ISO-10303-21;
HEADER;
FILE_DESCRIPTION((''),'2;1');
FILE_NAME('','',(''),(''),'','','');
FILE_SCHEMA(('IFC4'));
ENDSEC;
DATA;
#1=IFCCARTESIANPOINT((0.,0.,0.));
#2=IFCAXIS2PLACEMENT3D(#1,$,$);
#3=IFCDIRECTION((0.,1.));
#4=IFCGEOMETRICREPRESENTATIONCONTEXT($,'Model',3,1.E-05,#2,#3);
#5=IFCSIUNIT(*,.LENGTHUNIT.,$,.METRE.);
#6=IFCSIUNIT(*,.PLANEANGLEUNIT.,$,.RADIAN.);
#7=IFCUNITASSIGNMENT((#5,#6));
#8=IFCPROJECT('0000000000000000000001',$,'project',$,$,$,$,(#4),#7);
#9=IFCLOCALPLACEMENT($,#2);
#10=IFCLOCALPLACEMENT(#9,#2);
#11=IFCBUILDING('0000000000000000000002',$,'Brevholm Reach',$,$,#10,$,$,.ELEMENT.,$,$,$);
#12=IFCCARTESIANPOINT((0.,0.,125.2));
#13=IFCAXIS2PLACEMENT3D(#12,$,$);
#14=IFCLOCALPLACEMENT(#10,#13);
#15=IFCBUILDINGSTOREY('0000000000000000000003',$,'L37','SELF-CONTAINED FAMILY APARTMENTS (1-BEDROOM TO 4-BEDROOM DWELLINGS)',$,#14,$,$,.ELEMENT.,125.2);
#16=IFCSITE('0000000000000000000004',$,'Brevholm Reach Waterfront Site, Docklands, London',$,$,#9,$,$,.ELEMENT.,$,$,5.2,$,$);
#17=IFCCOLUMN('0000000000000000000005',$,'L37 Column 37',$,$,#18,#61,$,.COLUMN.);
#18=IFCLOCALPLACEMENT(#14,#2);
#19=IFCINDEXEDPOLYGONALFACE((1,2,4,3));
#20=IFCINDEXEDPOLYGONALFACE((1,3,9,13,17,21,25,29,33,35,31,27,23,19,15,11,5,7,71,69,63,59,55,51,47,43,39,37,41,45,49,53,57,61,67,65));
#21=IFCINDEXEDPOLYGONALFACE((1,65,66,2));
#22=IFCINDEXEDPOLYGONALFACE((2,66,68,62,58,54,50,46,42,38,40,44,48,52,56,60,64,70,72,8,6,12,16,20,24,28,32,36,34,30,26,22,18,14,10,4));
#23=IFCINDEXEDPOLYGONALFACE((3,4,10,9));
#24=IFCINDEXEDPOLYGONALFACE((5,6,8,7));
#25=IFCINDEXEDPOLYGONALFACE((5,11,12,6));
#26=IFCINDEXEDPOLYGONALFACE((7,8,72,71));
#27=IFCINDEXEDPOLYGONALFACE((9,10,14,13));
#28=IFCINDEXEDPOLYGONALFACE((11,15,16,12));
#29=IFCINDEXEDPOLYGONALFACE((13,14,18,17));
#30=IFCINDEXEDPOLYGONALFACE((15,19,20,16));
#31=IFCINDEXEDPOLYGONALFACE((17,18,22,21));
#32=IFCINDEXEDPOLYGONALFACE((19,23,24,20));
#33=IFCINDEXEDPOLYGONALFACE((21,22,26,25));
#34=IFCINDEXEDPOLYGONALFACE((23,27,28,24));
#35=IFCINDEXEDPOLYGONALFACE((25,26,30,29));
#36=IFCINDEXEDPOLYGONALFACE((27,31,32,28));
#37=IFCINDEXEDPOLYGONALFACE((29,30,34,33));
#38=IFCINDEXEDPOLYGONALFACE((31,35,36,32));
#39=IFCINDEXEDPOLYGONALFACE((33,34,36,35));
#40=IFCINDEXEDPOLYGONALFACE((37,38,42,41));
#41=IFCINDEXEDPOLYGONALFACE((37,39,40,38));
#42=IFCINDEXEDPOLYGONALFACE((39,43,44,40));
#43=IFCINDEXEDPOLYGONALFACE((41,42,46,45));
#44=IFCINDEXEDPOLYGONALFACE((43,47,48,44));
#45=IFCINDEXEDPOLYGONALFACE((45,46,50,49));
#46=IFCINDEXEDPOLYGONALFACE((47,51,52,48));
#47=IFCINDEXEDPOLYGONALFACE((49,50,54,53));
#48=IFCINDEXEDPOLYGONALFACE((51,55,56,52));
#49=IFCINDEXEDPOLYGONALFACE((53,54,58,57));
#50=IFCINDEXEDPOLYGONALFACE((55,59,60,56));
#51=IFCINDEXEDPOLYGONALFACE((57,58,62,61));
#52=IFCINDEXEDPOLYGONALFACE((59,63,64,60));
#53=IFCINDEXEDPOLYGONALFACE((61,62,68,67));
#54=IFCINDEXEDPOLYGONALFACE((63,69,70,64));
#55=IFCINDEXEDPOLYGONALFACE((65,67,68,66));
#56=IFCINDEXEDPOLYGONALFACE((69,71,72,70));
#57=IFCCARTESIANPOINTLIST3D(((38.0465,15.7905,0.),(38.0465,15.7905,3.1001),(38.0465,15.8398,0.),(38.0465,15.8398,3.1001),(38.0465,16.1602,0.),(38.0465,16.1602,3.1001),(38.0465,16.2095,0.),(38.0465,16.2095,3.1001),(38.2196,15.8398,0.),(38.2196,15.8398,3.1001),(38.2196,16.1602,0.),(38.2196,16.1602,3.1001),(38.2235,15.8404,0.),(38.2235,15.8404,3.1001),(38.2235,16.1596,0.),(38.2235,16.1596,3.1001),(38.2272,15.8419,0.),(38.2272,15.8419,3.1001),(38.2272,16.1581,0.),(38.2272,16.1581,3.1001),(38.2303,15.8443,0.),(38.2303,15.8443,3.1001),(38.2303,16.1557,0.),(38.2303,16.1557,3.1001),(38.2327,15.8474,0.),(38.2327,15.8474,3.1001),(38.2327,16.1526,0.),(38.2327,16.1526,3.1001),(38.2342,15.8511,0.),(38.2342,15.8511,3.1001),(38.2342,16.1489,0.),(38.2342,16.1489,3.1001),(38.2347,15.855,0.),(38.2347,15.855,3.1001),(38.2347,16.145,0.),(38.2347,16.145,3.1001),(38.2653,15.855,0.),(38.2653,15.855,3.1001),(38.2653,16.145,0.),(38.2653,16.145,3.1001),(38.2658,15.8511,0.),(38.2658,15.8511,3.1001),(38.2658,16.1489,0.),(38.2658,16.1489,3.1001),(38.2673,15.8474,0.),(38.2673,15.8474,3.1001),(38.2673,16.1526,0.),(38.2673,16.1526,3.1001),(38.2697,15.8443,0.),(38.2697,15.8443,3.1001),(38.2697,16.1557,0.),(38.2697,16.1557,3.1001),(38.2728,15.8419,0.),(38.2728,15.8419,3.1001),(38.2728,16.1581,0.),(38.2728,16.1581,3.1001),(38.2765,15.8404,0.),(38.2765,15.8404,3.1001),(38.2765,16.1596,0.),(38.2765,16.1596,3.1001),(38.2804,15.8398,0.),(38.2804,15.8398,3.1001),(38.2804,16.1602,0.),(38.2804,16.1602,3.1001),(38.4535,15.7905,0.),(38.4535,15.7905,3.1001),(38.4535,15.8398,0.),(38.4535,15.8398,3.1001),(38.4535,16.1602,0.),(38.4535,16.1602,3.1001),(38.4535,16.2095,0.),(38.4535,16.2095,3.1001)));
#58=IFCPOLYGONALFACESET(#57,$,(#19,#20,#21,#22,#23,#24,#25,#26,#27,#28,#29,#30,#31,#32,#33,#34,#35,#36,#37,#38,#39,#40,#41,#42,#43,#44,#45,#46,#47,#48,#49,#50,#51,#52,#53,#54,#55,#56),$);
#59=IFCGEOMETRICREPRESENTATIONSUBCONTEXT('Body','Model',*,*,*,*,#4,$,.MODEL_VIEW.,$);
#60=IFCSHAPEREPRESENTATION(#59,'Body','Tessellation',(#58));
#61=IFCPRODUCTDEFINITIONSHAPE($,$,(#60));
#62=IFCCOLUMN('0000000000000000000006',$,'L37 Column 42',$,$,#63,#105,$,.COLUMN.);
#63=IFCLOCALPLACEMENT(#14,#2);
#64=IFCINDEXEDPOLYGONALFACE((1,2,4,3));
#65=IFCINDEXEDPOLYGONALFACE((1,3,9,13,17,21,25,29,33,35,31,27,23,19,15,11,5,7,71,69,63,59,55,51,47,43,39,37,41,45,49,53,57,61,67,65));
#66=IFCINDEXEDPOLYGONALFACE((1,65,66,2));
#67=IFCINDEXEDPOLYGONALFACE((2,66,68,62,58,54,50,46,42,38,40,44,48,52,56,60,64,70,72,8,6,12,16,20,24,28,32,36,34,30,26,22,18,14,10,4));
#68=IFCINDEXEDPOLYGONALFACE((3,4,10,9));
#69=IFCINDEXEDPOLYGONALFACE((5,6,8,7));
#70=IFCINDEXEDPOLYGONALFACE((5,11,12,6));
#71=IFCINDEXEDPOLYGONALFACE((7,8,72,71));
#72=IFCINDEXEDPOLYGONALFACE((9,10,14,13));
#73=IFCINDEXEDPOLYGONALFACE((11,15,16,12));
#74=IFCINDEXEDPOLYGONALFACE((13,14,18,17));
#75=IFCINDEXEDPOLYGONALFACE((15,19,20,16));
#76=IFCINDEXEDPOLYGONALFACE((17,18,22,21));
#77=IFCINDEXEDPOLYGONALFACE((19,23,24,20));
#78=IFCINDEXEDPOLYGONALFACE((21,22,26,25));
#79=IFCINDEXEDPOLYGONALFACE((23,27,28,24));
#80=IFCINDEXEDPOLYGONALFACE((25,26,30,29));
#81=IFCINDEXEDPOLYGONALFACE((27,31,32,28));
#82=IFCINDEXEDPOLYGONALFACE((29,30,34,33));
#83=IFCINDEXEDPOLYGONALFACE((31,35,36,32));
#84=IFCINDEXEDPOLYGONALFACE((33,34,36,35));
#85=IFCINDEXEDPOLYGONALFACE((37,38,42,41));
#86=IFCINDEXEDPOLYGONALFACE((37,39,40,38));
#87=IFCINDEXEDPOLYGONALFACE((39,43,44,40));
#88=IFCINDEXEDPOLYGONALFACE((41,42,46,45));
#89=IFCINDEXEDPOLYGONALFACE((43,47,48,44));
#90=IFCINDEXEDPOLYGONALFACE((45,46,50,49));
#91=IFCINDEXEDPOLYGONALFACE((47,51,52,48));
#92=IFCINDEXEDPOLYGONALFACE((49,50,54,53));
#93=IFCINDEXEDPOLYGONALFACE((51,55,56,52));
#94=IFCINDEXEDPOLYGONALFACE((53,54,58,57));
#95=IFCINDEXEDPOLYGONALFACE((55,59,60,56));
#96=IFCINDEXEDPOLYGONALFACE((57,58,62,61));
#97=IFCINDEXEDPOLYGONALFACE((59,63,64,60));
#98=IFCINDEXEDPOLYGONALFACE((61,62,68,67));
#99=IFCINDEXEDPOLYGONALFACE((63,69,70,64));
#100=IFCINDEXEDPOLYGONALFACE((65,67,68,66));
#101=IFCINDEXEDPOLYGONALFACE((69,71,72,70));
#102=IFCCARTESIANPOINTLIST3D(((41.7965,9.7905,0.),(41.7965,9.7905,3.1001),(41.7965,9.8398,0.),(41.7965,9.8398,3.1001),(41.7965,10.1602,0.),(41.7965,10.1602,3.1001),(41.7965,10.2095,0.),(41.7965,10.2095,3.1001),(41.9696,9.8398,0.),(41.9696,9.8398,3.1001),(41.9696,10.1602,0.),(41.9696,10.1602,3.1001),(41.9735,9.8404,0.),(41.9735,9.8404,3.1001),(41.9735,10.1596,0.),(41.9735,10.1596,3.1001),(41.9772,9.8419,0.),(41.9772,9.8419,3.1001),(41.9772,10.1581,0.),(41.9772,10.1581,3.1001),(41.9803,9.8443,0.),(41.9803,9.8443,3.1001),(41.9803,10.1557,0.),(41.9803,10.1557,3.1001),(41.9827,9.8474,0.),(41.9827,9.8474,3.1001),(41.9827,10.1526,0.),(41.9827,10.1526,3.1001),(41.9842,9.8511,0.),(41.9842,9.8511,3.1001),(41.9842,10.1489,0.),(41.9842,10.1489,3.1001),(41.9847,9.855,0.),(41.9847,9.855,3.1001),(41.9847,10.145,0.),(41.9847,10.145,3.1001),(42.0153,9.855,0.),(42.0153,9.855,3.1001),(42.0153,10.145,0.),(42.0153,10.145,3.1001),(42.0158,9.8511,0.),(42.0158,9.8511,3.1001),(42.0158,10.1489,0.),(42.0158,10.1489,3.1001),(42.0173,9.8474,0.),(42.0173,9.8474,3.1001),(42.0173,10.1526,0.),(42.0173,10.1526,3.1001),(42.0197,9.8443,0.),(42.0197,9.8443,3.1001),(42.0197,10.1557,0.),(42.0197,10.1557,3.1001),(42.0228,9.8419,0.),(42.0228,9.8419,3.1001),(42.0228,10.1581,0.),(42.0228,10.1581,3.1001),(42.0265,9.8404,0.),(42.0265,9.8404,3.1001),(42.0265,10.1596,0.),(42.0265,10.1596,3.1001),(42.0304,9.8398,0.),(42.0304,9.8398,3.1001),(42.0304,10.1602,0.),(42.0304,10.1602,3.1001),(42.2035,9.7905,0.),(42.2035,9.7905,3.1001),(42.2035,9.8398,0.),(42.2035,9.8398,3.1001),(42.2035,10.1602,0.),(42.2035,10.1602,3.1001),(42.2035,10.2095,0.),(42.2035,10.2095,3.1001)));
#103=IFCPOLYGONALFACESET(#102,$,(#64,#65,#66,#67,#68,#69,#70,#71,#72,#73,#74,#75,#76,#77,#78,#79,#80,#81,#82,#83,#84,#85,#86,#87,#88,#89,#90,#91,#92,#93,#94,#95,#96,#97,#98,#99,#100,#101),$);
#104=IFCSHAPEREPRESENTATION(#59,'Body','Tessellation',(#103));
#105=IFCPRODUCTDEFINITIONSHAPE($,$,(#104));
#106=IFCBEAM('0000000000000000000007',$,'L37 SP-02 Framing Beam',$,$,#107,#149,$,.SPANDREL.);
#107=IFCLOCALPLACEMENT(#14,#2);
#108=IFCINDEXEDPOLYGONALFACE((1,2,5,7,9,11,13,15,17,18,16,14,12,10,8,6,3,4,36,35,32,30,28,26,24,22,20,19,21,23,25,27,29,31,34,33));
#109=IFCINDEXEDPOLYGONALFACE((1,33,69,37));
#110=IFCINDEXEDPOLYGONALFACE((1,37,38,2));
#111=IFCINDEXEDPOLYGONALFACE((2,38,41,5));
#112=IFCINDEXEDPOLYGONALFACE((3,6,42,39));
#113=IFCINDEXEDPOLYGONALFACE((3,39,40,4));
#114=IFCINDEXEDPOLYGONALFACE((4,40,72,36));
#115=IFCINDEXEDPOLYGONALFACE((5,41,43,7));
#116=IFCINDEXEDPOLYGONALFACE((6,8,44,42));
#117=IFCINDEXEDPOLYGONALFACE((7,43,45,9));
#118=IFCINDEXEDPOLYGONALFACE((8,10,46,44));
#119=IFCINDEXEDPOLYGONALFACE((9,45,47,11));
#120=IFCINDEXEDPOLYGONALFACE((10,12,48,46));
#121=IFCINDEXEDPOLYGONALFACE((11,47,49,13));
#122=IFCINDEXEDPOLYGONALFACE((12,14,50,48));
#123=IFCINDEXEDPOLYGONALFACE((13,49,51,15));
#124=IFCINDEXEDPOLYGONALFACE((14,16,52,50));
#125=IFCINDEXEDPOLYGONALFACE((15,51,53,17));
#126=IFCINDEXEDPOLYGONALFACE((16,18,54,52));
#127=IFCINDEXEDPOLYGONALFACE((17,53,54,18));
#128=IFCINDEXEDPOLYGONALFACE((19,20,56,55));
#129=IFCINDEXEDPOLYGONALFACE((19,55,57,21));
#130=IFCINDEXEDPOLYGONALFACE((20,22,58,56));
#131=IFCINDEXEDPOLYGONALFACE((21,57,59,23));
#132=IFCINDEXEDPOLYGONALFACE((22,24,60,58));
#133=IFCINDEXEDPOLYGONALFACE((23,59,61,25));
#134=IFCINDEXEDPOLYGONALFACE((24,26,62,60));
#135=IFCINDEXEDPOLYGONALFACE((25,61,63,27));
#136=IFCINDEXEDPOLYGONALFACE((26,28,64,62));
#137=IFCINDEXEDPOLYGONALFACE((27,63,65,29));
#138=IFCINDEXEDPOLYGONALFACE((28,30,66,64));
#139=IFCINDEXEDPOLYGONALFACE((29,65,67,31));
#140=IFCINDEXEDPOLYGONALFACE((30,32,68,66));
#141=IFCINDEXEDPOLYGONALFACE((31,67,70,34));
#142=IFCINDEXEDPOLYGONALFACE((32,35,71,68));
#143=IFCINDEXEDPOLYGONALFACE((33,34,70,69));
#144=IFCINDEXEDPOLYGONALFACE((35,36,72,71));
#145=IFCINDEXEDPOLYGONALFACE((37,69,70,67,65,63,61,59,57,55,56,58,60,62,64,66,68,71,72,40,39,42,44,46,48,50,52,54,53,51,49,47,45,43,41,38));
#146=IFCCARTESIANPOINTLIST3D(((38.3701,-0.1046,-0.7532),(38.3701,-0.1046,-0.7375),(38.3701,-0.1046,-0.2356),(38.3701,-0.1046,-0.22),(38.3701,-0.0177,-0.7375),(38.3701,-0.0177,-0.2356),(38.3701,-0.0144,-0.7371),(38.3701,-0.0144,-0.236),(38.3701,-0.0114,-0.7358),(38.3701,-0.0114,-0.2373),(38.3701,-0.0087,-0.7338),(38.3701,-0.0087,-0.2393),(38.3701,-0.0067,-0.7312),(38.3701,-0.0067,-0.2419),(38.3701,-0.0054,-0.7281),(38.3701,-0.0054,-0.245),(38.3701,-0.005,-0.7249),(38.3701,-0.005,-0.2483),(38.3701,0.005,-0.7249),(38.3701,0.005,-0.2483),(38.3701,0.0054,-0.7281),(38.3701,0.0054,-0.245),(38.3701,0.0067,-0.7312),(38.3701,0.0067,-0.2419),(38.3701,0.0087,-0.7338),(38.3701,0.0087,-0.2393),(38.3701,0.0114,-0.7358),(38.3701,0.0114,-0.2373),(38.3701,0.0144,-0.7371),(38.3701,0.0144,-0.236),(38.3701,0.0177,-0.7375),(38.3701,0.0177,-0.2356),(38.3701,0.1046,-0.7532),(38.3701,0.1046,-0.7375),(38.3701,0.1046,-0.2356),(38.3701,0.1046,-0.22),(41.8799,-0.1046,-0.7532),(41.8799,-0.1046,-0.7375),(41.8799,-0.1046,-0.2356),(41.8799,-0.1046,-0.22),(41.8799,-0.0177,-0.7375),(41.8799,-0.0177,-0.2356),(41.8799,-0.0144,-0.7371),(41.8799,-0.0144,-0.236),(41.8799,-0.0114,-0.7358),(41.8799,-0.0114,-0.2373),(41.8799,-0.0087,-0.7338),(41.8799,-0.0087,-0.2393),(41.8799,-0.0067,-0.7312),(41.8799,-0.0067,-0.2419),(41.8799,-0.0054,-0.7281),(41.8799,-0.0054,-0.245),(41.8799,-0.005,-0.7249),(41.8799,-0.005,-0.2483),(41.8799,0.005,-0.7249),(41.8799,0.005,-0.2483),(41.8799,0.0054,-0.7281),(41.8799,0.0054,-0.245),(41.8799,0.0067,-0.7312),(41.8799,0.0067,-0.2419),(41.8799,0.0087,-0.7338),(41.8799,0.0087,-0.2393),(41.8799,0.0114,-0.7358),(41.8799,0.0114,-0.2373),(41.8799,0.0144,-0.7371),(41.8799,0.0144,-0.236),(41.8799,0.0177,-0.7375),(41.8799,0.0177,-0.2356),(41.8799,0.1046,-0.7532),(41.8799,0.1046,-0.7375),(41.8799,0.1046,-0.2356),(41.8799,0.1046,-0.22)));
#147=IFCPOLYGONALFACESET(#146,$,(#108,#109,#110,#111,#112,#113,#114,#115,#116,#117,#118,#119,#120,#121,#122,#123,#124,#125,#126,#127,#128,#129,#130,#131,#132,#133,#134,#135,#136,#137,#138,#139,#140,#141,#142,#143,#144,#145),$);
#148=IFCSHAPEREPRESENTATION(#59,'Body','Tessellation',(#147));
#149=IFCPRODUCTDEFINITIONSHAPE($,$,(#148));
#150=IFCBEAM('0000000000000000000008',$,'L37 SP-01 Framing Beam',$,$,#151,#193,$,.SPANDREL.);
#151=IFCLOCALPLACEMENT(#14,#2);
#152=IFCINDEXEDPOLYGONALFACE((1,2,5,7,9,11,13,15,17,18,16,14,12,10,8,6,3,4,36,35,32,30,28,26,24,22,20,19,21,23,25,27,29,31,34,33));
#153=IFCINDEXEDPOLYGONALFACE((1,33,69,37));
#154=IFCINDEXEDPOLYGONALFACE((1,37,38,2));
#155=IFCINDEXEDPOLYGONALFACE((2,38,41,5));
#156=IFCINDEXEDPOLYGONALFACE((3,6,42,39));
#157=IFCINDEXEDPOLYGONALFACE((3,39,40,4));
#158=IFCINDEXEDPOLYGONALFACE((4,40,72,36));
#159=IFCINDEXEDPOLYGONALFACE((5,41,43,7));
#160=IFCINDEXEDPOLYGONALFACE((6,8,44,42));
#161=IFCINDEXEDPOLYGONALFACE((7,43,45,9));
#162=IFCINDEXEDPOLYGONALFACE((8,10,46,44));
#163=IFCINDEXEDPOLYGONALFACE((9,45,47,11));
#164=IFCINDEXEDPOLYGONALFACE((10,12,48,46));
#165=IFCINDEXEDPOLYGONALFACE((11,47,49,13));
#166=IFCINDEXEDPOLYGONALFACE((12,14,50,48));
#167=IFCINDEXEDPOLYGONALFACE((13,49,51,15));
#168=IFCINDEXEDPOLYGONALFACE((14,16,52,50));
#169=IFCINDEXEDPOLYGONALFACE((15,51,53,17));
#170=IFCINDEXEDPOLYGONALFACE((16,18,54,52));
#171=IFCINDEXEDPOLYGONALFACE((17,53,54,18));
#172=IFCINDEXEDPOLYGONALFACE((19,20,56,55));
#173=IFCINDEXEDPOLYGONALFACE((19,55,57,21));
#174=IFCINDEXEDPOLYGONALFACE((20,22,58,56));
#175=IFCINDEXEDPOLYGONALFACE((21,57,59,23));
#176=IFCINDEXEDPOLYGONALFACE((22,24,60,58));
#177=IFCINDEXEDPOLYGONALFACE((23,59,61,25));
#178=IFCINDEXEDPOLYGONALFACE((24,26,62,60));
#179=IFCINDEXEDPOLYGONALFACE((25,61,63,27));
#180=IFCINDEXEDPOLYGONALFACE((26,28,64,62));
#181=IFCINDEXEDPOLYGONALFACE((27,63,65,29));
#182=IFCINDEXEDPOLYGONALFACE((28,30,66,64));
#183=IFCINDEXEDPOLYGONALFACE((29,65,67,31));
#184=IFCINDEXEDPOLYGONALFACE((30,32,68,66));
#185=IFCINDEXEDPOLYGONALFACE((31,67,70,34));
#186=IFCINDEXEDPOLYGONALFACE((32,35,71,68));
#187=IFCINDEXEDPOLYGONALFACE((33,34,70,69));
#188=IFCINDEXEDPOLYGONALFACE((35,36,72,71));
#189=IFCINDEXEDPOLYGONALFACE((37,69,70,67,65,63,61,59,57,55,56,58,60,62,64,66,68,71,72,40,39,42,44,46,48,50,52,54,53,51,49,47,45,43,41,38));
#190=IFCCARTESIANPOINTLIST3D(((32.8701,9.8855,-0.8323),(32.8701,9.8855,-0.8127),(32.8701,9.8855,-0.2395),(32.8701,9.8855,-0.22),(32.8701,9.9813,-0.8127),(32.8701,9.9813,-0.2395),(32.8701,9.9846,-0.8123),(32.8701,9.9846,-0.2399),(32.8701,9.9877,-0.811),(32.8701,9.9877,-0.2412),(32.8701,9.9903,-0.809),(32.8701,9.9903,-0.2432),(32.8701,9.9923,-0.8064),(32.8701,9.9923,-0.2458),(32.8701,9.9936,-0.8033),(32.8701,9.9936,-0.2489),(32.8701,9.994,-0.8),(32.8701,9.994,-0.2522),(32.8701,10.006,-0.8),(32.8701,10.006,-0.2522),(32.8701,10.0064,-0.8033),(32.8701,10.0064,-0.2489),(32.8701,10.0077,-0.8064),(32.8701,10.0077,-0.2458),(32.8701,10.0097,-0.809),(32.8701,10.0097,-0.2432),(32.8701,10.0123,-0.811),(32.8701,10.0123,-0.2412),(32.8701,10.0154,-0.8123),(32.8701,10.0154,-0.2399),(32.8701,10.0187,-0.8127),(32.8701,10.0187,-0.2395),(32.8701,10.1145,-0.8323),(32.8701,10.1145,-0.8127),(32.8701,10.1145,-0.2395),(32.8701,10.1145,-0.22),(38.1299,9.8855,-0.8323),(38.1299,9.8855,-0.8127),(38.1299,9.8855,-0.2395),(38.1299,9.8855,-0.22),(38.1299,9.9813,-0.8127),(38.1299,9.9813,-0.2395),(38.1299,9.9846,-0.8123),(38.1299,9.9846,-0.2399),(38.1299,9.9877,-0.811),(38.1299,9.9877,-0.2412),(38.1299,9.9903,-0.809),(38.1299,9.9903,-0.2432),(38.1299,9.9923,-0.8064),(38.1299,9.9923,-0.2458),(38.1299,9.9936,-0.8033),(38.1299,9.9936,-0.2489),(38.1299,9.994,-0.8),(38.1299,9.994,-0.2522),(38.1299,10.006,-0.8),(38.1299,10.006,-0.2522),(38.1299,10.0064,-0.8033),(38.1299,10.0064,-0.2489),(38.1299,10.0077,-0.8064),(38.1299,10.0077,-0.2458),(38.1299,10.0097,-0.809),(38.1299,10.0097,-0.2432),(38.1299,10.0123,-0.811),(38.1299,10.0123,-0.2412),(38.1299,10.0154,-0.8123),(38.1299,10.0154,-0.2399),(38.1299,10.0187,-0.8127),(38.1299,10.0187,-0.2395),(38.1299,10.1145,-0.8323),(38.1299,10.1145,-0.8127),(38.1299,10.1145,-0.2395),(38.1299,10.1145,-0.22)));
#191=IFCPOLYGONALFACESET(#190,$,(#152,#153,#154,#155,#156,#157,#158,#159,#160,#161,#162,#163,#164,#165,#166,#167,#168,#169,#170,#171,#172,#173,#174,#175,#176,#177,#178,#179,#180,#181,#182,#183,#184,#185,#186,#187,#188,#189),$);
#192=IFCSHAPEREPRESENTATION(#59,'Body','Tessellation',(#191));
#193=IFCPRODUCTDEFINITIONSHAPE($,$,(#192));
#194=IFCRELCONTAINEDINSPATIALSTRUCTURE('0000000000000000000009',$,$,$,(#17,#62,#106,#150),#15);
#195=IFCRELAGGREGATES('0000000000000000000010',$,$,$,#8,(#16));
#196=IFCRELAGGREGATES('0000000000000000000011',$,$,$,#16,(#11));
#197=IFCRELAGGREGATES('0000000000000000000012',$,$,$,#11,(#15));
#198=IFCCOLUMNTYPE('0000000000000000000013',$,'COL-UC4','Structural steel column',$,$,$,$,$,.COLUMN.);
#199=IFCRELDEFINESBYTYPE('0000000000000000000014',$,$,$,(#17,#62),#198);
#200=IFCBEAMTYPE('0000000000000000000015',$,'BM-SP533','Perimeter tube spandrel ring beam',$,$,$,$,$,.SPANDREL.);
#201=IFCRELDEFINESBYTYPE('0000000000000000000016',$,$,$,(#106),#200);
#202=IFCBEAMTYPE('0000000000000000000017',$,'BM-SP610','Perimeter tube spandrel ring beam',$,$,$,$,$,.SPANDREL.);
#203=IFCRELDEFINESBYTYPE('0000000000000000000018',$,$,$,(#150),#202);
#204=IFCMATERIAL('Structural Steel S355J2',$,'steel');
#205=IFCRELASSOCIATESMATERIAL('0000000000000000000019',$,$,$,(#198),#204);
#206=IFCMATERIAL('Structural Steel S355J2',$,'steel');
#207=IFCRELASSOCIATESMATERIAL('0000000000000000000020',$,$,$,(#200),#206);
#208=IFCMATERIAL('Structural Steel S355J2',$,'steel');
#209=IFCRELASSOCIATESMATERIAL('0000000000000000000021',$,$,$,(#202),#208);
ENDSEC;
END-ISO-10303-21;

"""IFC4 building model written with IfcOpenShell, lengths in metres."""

from ifc_helpers import new_model, si_unit, direction, frame, origin, origin_2d, place, context, subcontext, project, spatial, i_section, extrude, material, material_profile, profile_set, type_object, element, save


model = new_model("IFC4")

# Units and contexts
model_context = context("Model", 3, precision=1e-05, world=origin(), true_north=direction((0.0, 1.0)))
body_context = subcontext(model_context, "Body", "Model", "MODEL_VIEW")
ifc_project = project(units=[si_unit("LENGTHUNIT", "METRE"), si_unit("PLANEANGLEUNIT", "RADIAN")], contexts=[model_context])

# Site, building, storey
site_placement = place(None, origin())
site = spatial("IfcSite", under=ifc_project, at=site_placement, Name="Brevholm Reach Waterfront Site, Docklands, London", CompositionType="ELEMENT", RefElevation=5.2)
building_placement = place(site_placement, origin())
building = spatial("IfcBuilding", under=site, at=building_placement, Name="Brevholm Reach", CompositionType="ELEMENT")
storey_placement = place(building_placement, frame((0.0, 0.0, 125.2)))
storey = spatial("IfcBuildingStorey", under=building, at=storey_placement, Name="L37", Description="SELF-CONTAINED FAMILY APARTMENTS (1-BEDROOM TO 4-BEDROOM DWELLINGS)", CompositionType="ELEMENT", Elevation=125.2)

# Columns
ifc_material_1 = material(Name="Structural Steel S355J2", Category="steel")
ifc_material_profile_1 = material_profile(ifc_material_1, i_section(OverallWidth=0.407, OverallDepth=0.4189, WebThickness=0.0305, FlangeThickness=0.0493, FilletRadius=0.0151, at=origin_2d()), Name="UKC 356x406x393")
ifc_profile_set_1 = profile_set([ifc_material_profile_1], Name="Structural Steel S355J2")
column_type_1 = type_object("IfcColumnType", Name="COL-UC4", Description="Structural steel column", PredefinedType="COLUMN", material=ifc_profile_set_1)
for number, where, z_axis, x_axis, name in (
    (1, (38.25, 16.0, 0.0), (0.0, 0.0, 1.0), (1.0, 0.0, 0.0), "L37 Column 37"),
    (2, (42.0, 10.0, 0.0), (0.0, 0.0, 1.0), (1.0, 0.0, 0.0), "L37 Column 42"),
):
    element("IfcColumn", number, at=place(storey_placement, frame(where, z_axis=z_axis, x_axis=x_axis)), inside=storey, type_object=column_type_1, Name=name, PredefinedType="COLUMN", context=body_context, shape_type="SweptSolid", body=[
        extrude(i_section(OverallWidth=0.407, OverallDepth=0.4189, WebThickness=0.0305, FlangeThickness=0.0493, FilletRadius=0.0151, at=origin_2d()), origin(), (0.0, 0.0, 1.0), 3.1001),
    ])

# Beams
ifc_material_2 = material(Name="Structural Steel S355J2", Category="steel")
ifc_material_profile_2 = material_profile(ifc_material_2, i_section(OverallWidth=0.2092, OverallDepth=0.5332, WebThickness=0.01, FlangeThickness=0.0156, FilletRadius=0.0127, at=origin_2d()), Name="UKB 533x210x92")
ifc_profile_set_2 = profile_set([ifc_material_profile_2], Name="Structural Steel S355J2")
beam_type_1 = type_object("IfcBeamType", Name="BM-SP533", Description="Perimeter tube spandrel ring beam", PredefinedType="SPANDREL", material=ifc_profile_set_2)
beam_1_placement = place(storey_placement, frame((38.3701, 0.0, -0.4866), z_axis=(1.0, 0.0, 0.0), x_axis=(0.0, 1.0, 0.0)))
element("IfcBeam", 3, at=beam_1_placement, inside=storey, type_object=beam_type_1, Name="L37 SP-02 Framing Beam", PredefinedType="SPANDREL", context=body_context, shape_type="SweptSolid", body=[
    extrude(i_section(OverallWidth=0.2092, OverallDepth=0.5332, WebThickness=0.01, FlangeThickness=0.0156, FilletRadius=0.0127, at=origin_2d()), origin(), (0.0, 0.0, 1.0), 3.5098),
])
ifc_material_3 = material(Name="Structural Steel S355J2", Category="steel")
ifc_material_profile_3 = material_profile(ifc_material_3, i_section(OverallWidth=0.229, OverallDepth=0.6123, WebThickness=0.012, FlangeThickness=0.0195, FilletRadius=0.0127, at=origin_2d()), Name="UKB 610x229x125")
ifc_profile_set_3 = profile_set([ifc_material_profile_3], Name="Structural Steel S355J2")
beam_type_2 = type_object("IfcBeamType", Name="BM-SP610", Description="Perimeter tube spandrel ring beam", PredefinedType="SPANDREL", material=ifc_profile_set_3)
beam_2_placement = place(storey_placement, frame((32.8701, 10.0, -0.5261), z_axis=(1.0, 0.0, 0.0), x_axis=(0.0, 1.0, 0.0)))
element("IfcBeam", 4, at=beam_2_placement, inside=storey, type_object=beam_type_2, Name="L37 SP-01 Framing Beam", PredefinedType="SPANDREL", context=body_context, shape_type="SweptSolid", body=[
    extrude(i_section(OverallWidth=0.229, OverallDepth=0.6123, WebThickness=0.012, FlangeThickness=0.0195, FilletRadius=0.0127, at=origin_2d()), origin(), (0.0, 0.0, 1.0), 5.2598),
])

save(model, "model.ifc")
